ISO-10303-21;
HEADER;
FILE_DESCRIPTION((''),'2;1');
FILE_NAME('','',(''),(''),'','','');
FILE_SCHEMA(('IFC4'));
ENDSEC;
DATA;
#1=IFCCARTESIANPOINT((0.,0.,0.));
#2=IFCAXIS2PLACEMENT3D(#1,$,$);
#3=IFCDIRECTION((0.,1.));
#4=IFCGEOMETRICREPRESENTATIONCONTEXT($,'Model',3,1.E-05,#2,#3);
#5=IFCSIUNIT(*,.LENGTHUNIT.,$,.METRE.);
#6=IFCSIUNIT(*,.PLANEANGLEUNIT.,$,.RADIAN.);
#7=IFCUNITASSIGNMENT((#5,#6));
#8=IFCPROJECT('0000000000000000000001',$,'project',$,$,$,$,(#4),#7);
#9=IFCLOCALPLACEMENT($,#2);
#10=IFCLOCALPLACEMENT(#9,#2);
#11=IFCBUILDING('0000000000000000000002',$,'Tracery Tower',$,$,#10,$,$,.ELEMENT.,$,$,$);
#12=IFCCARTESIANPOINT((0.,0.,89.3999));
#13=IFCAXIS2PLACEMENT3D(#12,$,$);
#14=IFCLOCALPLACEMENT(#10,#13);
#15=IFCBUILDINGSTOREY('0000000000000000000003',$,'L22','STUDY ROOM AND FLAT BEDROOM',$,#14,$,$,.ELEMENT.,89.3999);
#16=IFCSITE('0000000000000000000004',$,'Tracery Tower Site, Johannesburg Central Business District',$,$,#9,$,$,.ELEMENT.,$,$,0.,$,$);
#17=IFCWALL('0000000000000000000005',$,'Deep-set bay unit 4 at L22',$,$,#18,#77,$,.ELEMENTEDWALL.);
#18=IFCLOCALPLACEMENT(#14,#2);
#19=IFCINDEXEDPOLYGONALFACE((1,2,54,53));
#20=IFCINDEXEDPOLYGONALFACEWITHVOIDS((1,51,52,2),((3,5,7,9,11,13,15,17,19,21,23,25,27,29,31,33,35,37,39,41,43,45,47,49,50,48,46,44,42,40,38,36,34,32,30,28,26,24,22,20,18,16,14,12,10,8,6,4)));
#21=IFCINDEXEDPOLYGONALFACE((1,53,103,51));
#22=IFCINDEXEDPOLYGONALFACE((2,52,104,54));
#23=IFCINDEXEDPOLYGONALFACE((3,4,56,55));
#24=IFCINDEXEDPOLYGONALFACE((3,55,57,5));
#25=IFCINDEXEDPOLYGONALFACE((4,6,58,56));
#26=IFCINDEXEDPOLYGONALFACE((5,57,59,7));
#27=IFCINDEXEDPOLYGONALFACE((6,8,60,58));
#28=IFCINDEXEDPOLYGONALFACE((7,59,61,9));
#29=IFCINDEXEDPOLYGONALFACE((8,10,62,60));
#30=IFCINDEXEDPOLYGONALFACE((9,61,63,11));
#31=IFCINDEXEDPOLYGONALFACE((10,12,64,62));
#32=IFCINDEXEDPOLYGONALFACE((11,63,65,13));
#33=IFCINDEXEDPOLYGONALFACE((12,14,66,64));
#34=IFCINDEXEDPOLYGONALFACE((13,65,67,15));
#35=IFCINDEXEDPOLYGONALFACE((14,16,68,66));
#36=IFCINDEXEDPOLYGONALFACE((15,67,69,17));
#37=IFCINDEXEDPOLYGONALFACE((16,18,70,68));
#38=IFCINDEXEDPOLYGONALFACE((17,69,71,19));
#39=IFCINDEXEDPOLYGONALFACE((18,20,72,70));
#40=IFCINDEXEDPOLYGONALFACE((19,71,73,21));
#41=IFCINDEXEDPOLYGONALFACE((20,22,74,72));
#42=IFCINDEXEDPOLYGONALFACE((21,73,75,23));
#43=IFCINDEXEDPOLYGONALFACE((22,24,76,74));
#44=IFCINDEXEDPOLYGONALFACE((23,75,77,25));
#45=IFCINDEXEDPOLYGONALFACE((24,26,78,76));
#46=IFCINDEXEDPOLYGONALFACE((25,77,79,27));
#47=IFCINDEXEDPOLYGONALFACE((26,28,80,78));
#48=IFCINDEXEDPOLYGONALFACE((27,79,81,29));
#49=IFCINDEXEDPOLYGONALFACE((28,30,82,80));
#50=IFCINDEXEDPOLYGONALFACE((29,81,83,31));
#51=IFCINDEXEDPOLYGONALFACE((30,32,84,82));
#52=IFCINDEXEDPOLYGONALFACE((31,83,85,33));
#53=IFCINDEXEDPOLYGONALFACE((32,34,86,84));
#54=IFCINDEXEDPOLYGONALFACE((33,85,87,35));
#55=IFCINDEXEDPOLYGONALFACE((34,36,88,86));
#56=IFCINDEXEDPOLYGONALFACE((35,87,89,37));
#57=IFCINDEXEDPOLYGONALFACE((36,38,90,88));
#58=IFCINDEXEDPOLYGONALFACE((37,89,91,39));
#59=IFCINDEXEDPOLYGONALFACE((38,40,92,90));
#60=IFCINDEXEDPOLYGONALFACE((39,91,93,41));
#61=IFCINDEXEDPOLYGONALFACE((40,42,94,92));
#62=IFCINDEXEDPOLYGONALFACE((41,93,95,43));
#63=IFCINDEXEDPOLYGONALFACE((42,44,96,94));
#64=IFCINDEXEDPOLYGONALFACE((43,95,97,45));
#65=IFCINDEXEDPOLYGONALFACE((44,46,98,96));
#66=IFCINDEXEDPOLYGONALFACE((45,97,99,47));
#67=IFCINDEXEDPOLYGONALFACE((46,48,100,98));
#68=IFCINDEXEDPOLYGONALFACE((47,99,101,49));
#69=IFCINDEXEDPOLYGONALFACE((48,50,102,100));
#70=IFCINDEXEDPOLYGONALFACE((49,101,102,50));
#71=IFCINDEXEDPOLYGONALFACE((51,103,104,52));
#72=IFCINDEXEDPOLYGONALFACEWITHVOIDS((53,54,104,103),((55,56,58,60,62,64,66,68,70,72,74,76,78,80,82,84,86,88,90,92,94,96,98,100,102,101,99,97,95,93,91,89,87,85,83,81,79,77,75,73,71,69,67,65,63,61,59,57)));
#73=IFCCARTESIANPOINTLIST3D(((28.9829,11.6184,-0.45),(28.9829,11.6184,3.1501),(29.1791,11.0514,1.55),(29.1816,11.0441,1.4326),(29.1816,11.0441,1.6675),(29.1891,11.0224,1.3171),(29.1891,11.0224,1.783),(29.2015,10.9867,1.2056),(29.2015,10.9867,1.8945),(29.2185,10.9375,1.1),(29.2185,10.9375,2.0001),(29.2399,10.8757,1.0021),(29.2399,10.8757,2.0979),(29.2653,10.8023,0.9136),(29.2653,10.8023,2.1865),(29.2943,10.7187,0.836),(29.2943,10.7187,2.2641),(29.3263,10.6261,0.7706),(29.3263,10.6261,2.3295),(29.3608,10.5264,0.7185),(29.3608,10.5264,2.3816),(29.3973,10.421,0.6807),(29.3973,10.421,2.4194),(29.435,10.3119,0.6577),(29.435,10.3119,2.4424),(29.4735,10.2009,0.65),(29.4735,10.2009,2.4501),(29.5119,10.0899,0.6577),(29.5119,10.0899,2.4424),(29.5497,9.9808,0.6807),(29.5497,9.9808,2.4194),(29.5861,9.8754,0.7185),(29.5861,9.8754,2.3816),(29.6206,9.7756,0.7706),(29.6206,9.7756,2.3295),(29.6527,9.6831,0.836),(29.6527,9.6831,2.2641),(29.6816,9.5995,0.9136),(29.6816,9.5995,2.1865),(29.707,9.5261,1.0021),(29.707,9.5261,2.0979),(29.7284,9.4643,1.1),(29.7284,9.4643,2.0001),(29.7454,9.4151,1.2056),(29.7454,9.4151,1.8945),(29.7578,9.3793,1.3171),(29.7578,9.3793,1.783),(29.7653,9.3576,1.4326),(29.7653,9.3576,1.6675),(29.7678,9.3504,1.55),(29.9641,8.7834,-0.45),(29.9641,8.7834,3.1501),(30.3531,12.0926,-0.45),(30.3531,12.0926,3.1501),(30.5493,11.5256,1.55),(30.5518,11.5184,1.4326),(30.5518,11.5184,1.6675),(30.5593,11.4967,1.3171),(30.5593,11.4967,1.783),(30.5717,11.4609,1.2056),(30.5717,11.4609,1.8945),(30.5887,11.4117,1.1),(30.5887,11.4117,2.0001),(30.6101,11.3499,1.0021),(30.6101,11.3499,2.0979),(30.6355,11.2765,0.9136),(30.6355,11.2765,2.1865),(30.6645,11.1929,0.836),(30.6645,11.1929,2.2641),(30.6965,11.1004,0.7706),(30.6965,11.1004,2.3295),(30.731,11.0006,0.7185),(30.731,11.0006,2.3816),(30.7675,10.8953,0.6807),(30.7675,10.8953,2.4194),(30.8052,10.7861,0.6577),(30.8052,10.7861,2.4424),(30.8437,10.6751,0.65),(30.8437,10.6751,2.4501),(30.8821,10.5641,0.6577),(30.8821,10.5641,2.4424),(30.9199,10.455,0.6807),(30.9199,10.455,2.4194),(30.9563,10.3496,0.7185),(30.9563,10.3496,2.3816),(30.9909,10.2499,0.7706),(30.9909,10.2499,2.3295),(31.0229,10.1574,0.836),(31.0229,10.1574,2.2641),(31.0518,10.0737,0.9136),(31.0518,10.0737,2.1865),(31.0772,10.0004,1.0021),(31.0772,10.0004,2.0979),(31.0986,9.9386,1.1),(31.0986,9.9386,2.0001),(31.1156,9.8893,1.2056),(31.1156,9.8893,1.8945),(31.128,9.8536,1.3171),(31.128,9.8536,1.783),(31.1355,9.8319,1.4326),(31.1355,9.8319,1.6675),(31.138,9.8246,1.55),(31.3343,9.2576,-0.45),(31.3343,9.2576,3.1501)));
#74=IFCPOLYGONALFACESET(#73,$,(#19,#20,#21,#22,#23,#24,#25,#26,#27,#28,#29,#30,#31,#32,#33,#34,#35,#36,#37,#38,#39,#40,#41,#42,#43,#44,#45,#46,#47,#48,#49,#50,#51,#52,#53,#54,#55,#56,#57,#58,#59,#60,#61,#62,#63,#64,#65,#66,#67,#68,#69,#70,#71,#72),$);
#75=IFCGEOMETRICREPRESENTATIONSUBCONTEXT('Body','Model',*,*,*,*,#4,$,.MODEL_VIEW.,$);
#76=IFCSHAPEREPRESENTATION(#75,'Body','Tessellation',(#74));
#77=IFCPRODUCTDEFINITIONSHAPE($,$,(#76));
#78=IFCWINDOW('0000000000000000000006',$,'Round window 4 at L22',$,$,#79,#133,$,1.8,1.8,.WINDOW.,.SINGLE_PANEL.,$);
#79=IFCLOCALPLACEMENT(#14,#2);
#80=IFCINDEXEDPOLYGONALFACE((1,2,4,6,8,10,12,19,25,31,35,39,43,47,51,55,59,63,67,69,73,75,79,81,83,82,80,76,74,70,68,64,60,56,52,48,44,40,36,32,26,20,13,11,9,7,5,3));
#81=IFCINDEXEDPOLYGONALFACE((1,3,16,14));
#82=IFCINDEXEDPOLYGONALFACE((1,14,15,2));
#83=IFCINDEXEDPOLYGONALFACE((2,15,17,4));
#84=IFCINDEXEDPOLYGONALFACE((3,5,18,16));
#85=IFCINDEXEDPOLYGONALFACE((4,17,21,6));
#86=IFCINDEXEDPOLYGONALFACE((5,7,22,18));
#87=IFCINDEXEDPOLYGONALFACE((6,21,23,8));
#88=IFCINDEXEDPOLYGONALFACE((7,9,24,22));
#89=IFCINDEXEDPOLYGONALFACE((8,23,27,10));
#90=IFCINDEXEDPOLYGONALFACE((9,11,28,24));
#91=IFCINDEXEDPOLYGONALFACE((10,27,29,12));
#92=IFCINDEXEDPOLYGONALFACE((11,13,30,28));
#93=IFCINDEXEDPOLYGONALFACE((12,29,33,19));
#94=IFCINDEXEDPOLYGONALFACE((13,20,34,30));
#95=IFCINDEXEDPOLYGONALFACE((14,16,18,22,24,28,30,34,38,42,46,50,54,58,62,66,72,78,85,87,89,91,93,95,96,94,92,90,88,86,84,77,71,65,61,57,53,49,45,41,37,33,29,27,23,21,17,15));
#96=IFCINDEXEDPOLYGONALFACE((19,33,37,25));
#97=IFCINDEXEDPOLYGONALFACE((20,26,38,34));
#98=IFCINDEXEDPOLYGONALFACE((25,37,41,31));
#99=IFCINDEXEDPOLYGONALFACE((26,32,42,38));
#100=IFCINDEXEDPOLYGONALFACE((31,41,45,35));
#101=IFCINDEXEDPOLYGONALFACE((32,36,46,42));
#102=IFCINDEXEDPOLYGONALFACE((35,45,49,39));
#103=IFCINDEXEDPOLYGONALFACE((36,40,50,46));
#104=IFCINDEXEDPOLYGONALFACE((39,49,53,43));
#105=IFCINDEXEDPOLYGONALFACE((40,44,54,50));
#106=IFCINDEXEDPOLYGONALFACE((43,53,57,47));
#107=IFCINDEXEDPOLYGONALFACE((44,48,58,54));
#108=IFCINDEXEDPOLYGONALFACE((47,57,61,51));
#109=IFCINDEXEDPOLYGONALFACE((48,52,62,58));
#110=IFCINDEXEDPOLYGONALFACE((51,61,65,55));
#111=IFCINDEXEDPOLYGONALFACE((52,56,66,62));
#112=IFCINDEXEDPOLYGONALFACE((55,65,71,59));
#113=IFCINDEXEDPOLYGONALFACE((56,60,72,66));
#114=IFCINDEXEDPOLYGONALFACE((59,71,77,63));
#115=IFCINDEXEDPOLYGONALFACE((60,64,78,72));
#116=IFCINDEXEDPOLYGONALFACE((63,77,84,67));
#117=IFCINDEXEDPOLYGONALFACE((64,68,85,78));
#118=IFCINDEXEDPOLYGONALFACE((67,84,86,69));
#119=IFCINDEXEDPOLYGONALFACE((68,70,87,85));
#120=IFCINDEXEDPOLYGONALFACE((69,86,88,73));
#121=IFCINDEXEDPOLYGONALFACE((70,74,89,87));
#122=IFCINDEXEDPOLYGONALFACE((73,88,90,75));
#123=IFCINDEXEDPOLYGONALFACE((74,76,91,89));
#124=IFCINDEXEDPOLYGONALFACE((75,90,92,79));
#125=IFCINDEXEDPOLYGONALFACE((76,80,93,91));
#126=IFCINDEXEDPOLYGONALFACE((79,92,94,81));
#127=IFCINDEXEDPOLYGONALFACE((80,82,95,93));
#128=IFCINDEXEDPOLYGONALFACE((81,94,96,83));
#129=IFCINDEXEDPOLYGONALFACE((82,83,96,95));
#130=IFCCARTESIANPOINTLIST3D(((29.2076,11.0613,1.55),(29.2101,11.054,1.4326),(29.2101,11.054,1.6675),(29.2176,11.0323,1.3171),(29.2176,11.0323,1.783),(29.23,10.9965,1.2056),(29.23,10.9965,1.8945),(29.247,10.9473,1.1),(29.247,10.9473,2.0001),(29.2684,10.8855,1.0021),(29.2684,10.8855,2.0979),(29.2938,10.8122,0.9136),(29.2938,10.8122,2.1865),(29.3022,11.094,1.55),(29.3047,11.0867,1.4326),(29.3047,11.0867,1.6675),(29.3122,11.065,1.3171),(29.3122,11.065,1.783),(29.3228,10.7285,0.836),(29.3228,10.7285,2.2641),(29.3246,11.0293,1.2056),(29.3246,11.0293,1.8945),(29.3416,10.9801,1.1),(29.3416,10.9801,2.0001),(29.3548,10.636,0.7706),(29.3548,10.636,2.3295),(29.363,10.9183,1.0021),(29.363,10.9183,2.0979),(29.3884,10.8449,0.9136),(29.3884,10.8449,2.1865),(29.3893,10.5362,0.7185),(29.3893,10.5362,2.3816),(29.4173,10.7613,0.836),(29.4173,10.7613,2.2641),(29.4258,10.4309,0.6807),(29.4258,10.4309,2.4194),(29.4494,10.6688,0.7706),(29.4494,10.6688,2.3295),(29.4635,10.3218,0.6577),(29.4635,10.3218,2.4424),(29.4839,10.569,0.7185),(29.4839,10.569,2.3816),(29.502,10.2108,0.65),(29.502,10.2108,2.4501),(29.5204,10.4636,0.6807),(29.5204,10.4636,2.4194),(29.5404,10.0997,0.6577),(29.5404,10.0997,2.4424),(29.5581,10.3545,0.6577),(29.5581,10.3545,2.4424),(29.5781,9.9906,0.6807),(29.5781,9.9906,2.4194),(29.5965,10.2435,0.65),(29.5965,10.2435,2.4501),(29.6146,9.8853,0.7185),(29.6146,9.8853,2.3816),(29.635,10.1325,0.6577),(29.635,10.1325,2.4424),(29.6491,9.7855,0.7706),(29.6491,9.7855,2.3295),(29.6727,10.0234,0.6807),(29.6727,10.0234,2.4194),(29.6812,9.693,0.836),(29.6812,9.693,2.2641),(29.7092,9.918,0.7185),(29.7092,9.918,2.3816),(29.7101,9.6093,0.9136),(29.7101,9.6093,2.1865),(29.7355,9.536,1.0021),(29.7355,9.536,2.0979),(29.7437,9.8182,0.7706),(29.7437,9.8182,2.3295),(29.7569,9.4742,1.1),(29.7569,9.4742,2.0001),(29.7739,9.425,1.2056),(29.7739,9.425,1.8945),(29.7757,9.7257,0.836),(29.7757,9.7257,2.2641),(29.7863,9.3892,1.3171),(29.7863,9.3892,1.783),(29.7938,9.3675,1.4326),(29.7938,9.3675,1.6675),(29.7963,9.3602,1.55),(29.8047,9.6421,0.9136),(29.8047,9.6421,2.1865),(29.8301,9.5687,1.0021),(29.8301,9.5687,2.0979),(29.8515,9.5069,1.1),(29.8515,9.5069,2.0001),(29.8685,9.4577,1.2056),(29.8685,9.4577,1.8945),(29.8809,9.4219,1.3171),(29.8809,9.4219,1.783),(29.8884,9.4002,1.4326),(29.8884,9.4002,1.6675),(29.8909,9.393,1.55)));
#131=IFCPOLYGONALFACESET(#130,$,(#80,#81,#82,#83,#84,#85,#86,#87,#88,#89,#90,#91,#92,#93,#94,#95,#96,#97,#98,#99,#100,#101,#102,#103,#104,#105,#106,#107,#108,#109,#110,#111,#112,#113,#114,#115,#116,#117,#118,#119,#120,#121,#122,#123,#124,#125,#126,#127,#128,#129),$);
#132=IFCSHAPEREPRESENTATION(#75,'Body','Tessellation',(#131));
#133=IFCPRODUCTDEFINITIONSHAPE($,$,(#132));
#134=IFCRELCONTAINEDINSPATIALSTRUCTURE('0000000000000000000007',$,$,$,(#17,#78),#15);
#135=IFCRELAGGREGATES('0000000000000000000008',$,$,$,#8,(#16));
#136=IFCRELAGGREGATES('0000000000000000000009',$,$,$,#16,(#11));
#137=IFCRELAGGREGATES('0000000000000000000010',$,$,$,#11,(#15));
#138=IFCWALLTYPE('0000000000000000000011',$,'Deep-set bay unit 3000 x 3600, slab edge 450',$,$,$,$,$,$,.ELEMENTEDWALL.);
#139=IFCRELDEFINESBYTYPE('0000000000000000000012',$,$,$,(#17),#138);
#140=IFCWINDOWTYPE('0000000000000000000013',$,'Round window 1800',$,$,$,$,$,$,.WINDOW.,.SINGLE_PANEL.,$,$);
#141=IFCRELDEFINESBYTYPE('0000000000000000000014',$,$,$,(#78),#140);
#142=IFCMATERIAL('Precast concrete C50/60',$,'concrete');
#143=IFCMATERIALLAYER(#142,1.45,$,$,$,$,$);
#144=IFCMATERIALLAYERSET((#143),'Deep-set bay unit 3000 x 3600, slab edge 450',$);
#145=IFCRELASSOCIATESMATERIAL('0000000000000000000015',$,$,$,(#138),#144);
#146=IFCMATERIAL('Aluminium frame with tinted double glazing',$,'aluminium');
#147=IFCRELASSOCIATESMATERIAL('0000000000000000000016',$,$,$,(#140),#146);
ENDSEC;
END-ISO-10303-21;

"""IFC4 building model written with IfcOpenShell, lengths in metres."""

from ifc_helpers import new_model, si_unit, direction, frame, frame_2d, origin, origin_2d, place, context, subcontext, project, spatial, rectangle, circle, extrude, material, layer, layer_set, type_object, element, fill, save


model = new_model("IFC4")

# Units and contexts
model_context = context("Model", 3, precision=1e-05, world=origin(), true_north=direction((0.0, 1.0)))
body_context = subcontext(model_context, "Body", "Model", "MODEL_VIEW")
ifc_project = project(units=[si_unit("LENGTHUNIT", "METRE"), si_unit("PLANEANGLEUNIT", "RADIAN")], contexts=[model_context])

# Site, building, storey
site_placement = place(None, origin())
site = spatial("IfcSite", under=ifc_project, at=site_placement, Name="Tracery Tower Site, Johannesburg Central Business District", CompositionType="ELEMENT", RefElevation=0.0)
building_placement = place(site_placement, origin())
building = spatial("IfcBuilding", under=site, at=building_placement, Name="Tracery Tower", CompositionType="ELEMENT")
storey_placement = place(building_placement, frame((0.0, 0.0, 89.3999)))
storey = spatial("IfcBuildingStorey", under=building, at=storey_placement, Name="L22", Description="STUDY ROOM AND FLAT BEDROOM", CompositionType="ELEMENT", Elevation=89.3999)

# Wall, opening, window
ifc_material_1 = material(Name="Precast concrete C50/60", Category="concrete")
ifc_layer_1 = layer(ifc_material_1, 1.45)
ifc_layer_set_1 = layer_set([ifc_layer_1], Name="Deep-set bay unit 3000 x 3600, slab edge 450")
wall_type_1 = type_object("IfcWallType", Name="Deep-set bay unit 3000 x 3600, slab edge 450", PredefinedType="ELEMENTEDWALL", material=ifc_layer_set_1)
ifc_material_2 = material(Name="Aluminium frame with tinted double glazing", Category="aluminium")
window_type = type_object("IfcWindowType", Name="Round window 1800", PartitioningType="SINGLE_PANEL", PredefinedType="WINDOW", material=ifc_material_2)
wall_1_placement = place(storey_placement, frame((30.6492, 9.0205, -0.45), z_axis=(0.0, 0.0, 1.0), x_axis=(-0.327071, 0.945, 0.0)))
wall_1 = element("IfcWall", 1, at=wall_1_placement, inside=storey, type_object=wall_type_1, Name="Deep-set bay unit 4 at L22", PredefinedType="ELEMENTEDWALL", context=body_context, shape_type="SweptSolid", body=[
    extrude(rectangle(XDim=3.0, YDim=1.45, at=frame_2d((1.5, 0.0))), origin(), (0.0, 0.0, 1.0), 3.6001),
])
opening_1_placement = place(wall_1_placement, frame((1.5, 0.0, 2.0)))
opening_1 = element("IfcOpeningElement", 2, at=opening_1_placement, cuts=wall_1, PredefinedType="OPENING", context=body_context, shape_type="SweptSolid", body=[
    extrude(circle(Radius=0.9, at=origin_2d()), frame((0.0, 0.7349, 0.0), z_axis=(0.0, -1.0, 0.0), x_axis=(1.0, 0.0, 0.0)), (0.0, 0.0, 1.0), 1.47),
])
window_1_placement = place(opening_1_placement, origin())
window_1 = element("IfcWindow", 3, at=window_1_placement, inside=storey, type_object=window_type, Name="Round window 4 at L22", OverallHeight=1.8, OverallWidth=1.8, PartitioningType="SINGLE_PANEL", PredefinedType="WINDOW", context=body_context, shape_type="SweptSolid", body=[
    extrude(circle(Radius=0.9, at=origin_2d()), frame((0.0, 0.6948, 0.0), z_axis=(0.0, -1.0, 0.0), x_axis=(1.0, 0.0, 0.0)), (0.0, 0.0, 1.0), 0.1001),
])
fill(opening_1, window_1)

save(model, "model.ifc")
